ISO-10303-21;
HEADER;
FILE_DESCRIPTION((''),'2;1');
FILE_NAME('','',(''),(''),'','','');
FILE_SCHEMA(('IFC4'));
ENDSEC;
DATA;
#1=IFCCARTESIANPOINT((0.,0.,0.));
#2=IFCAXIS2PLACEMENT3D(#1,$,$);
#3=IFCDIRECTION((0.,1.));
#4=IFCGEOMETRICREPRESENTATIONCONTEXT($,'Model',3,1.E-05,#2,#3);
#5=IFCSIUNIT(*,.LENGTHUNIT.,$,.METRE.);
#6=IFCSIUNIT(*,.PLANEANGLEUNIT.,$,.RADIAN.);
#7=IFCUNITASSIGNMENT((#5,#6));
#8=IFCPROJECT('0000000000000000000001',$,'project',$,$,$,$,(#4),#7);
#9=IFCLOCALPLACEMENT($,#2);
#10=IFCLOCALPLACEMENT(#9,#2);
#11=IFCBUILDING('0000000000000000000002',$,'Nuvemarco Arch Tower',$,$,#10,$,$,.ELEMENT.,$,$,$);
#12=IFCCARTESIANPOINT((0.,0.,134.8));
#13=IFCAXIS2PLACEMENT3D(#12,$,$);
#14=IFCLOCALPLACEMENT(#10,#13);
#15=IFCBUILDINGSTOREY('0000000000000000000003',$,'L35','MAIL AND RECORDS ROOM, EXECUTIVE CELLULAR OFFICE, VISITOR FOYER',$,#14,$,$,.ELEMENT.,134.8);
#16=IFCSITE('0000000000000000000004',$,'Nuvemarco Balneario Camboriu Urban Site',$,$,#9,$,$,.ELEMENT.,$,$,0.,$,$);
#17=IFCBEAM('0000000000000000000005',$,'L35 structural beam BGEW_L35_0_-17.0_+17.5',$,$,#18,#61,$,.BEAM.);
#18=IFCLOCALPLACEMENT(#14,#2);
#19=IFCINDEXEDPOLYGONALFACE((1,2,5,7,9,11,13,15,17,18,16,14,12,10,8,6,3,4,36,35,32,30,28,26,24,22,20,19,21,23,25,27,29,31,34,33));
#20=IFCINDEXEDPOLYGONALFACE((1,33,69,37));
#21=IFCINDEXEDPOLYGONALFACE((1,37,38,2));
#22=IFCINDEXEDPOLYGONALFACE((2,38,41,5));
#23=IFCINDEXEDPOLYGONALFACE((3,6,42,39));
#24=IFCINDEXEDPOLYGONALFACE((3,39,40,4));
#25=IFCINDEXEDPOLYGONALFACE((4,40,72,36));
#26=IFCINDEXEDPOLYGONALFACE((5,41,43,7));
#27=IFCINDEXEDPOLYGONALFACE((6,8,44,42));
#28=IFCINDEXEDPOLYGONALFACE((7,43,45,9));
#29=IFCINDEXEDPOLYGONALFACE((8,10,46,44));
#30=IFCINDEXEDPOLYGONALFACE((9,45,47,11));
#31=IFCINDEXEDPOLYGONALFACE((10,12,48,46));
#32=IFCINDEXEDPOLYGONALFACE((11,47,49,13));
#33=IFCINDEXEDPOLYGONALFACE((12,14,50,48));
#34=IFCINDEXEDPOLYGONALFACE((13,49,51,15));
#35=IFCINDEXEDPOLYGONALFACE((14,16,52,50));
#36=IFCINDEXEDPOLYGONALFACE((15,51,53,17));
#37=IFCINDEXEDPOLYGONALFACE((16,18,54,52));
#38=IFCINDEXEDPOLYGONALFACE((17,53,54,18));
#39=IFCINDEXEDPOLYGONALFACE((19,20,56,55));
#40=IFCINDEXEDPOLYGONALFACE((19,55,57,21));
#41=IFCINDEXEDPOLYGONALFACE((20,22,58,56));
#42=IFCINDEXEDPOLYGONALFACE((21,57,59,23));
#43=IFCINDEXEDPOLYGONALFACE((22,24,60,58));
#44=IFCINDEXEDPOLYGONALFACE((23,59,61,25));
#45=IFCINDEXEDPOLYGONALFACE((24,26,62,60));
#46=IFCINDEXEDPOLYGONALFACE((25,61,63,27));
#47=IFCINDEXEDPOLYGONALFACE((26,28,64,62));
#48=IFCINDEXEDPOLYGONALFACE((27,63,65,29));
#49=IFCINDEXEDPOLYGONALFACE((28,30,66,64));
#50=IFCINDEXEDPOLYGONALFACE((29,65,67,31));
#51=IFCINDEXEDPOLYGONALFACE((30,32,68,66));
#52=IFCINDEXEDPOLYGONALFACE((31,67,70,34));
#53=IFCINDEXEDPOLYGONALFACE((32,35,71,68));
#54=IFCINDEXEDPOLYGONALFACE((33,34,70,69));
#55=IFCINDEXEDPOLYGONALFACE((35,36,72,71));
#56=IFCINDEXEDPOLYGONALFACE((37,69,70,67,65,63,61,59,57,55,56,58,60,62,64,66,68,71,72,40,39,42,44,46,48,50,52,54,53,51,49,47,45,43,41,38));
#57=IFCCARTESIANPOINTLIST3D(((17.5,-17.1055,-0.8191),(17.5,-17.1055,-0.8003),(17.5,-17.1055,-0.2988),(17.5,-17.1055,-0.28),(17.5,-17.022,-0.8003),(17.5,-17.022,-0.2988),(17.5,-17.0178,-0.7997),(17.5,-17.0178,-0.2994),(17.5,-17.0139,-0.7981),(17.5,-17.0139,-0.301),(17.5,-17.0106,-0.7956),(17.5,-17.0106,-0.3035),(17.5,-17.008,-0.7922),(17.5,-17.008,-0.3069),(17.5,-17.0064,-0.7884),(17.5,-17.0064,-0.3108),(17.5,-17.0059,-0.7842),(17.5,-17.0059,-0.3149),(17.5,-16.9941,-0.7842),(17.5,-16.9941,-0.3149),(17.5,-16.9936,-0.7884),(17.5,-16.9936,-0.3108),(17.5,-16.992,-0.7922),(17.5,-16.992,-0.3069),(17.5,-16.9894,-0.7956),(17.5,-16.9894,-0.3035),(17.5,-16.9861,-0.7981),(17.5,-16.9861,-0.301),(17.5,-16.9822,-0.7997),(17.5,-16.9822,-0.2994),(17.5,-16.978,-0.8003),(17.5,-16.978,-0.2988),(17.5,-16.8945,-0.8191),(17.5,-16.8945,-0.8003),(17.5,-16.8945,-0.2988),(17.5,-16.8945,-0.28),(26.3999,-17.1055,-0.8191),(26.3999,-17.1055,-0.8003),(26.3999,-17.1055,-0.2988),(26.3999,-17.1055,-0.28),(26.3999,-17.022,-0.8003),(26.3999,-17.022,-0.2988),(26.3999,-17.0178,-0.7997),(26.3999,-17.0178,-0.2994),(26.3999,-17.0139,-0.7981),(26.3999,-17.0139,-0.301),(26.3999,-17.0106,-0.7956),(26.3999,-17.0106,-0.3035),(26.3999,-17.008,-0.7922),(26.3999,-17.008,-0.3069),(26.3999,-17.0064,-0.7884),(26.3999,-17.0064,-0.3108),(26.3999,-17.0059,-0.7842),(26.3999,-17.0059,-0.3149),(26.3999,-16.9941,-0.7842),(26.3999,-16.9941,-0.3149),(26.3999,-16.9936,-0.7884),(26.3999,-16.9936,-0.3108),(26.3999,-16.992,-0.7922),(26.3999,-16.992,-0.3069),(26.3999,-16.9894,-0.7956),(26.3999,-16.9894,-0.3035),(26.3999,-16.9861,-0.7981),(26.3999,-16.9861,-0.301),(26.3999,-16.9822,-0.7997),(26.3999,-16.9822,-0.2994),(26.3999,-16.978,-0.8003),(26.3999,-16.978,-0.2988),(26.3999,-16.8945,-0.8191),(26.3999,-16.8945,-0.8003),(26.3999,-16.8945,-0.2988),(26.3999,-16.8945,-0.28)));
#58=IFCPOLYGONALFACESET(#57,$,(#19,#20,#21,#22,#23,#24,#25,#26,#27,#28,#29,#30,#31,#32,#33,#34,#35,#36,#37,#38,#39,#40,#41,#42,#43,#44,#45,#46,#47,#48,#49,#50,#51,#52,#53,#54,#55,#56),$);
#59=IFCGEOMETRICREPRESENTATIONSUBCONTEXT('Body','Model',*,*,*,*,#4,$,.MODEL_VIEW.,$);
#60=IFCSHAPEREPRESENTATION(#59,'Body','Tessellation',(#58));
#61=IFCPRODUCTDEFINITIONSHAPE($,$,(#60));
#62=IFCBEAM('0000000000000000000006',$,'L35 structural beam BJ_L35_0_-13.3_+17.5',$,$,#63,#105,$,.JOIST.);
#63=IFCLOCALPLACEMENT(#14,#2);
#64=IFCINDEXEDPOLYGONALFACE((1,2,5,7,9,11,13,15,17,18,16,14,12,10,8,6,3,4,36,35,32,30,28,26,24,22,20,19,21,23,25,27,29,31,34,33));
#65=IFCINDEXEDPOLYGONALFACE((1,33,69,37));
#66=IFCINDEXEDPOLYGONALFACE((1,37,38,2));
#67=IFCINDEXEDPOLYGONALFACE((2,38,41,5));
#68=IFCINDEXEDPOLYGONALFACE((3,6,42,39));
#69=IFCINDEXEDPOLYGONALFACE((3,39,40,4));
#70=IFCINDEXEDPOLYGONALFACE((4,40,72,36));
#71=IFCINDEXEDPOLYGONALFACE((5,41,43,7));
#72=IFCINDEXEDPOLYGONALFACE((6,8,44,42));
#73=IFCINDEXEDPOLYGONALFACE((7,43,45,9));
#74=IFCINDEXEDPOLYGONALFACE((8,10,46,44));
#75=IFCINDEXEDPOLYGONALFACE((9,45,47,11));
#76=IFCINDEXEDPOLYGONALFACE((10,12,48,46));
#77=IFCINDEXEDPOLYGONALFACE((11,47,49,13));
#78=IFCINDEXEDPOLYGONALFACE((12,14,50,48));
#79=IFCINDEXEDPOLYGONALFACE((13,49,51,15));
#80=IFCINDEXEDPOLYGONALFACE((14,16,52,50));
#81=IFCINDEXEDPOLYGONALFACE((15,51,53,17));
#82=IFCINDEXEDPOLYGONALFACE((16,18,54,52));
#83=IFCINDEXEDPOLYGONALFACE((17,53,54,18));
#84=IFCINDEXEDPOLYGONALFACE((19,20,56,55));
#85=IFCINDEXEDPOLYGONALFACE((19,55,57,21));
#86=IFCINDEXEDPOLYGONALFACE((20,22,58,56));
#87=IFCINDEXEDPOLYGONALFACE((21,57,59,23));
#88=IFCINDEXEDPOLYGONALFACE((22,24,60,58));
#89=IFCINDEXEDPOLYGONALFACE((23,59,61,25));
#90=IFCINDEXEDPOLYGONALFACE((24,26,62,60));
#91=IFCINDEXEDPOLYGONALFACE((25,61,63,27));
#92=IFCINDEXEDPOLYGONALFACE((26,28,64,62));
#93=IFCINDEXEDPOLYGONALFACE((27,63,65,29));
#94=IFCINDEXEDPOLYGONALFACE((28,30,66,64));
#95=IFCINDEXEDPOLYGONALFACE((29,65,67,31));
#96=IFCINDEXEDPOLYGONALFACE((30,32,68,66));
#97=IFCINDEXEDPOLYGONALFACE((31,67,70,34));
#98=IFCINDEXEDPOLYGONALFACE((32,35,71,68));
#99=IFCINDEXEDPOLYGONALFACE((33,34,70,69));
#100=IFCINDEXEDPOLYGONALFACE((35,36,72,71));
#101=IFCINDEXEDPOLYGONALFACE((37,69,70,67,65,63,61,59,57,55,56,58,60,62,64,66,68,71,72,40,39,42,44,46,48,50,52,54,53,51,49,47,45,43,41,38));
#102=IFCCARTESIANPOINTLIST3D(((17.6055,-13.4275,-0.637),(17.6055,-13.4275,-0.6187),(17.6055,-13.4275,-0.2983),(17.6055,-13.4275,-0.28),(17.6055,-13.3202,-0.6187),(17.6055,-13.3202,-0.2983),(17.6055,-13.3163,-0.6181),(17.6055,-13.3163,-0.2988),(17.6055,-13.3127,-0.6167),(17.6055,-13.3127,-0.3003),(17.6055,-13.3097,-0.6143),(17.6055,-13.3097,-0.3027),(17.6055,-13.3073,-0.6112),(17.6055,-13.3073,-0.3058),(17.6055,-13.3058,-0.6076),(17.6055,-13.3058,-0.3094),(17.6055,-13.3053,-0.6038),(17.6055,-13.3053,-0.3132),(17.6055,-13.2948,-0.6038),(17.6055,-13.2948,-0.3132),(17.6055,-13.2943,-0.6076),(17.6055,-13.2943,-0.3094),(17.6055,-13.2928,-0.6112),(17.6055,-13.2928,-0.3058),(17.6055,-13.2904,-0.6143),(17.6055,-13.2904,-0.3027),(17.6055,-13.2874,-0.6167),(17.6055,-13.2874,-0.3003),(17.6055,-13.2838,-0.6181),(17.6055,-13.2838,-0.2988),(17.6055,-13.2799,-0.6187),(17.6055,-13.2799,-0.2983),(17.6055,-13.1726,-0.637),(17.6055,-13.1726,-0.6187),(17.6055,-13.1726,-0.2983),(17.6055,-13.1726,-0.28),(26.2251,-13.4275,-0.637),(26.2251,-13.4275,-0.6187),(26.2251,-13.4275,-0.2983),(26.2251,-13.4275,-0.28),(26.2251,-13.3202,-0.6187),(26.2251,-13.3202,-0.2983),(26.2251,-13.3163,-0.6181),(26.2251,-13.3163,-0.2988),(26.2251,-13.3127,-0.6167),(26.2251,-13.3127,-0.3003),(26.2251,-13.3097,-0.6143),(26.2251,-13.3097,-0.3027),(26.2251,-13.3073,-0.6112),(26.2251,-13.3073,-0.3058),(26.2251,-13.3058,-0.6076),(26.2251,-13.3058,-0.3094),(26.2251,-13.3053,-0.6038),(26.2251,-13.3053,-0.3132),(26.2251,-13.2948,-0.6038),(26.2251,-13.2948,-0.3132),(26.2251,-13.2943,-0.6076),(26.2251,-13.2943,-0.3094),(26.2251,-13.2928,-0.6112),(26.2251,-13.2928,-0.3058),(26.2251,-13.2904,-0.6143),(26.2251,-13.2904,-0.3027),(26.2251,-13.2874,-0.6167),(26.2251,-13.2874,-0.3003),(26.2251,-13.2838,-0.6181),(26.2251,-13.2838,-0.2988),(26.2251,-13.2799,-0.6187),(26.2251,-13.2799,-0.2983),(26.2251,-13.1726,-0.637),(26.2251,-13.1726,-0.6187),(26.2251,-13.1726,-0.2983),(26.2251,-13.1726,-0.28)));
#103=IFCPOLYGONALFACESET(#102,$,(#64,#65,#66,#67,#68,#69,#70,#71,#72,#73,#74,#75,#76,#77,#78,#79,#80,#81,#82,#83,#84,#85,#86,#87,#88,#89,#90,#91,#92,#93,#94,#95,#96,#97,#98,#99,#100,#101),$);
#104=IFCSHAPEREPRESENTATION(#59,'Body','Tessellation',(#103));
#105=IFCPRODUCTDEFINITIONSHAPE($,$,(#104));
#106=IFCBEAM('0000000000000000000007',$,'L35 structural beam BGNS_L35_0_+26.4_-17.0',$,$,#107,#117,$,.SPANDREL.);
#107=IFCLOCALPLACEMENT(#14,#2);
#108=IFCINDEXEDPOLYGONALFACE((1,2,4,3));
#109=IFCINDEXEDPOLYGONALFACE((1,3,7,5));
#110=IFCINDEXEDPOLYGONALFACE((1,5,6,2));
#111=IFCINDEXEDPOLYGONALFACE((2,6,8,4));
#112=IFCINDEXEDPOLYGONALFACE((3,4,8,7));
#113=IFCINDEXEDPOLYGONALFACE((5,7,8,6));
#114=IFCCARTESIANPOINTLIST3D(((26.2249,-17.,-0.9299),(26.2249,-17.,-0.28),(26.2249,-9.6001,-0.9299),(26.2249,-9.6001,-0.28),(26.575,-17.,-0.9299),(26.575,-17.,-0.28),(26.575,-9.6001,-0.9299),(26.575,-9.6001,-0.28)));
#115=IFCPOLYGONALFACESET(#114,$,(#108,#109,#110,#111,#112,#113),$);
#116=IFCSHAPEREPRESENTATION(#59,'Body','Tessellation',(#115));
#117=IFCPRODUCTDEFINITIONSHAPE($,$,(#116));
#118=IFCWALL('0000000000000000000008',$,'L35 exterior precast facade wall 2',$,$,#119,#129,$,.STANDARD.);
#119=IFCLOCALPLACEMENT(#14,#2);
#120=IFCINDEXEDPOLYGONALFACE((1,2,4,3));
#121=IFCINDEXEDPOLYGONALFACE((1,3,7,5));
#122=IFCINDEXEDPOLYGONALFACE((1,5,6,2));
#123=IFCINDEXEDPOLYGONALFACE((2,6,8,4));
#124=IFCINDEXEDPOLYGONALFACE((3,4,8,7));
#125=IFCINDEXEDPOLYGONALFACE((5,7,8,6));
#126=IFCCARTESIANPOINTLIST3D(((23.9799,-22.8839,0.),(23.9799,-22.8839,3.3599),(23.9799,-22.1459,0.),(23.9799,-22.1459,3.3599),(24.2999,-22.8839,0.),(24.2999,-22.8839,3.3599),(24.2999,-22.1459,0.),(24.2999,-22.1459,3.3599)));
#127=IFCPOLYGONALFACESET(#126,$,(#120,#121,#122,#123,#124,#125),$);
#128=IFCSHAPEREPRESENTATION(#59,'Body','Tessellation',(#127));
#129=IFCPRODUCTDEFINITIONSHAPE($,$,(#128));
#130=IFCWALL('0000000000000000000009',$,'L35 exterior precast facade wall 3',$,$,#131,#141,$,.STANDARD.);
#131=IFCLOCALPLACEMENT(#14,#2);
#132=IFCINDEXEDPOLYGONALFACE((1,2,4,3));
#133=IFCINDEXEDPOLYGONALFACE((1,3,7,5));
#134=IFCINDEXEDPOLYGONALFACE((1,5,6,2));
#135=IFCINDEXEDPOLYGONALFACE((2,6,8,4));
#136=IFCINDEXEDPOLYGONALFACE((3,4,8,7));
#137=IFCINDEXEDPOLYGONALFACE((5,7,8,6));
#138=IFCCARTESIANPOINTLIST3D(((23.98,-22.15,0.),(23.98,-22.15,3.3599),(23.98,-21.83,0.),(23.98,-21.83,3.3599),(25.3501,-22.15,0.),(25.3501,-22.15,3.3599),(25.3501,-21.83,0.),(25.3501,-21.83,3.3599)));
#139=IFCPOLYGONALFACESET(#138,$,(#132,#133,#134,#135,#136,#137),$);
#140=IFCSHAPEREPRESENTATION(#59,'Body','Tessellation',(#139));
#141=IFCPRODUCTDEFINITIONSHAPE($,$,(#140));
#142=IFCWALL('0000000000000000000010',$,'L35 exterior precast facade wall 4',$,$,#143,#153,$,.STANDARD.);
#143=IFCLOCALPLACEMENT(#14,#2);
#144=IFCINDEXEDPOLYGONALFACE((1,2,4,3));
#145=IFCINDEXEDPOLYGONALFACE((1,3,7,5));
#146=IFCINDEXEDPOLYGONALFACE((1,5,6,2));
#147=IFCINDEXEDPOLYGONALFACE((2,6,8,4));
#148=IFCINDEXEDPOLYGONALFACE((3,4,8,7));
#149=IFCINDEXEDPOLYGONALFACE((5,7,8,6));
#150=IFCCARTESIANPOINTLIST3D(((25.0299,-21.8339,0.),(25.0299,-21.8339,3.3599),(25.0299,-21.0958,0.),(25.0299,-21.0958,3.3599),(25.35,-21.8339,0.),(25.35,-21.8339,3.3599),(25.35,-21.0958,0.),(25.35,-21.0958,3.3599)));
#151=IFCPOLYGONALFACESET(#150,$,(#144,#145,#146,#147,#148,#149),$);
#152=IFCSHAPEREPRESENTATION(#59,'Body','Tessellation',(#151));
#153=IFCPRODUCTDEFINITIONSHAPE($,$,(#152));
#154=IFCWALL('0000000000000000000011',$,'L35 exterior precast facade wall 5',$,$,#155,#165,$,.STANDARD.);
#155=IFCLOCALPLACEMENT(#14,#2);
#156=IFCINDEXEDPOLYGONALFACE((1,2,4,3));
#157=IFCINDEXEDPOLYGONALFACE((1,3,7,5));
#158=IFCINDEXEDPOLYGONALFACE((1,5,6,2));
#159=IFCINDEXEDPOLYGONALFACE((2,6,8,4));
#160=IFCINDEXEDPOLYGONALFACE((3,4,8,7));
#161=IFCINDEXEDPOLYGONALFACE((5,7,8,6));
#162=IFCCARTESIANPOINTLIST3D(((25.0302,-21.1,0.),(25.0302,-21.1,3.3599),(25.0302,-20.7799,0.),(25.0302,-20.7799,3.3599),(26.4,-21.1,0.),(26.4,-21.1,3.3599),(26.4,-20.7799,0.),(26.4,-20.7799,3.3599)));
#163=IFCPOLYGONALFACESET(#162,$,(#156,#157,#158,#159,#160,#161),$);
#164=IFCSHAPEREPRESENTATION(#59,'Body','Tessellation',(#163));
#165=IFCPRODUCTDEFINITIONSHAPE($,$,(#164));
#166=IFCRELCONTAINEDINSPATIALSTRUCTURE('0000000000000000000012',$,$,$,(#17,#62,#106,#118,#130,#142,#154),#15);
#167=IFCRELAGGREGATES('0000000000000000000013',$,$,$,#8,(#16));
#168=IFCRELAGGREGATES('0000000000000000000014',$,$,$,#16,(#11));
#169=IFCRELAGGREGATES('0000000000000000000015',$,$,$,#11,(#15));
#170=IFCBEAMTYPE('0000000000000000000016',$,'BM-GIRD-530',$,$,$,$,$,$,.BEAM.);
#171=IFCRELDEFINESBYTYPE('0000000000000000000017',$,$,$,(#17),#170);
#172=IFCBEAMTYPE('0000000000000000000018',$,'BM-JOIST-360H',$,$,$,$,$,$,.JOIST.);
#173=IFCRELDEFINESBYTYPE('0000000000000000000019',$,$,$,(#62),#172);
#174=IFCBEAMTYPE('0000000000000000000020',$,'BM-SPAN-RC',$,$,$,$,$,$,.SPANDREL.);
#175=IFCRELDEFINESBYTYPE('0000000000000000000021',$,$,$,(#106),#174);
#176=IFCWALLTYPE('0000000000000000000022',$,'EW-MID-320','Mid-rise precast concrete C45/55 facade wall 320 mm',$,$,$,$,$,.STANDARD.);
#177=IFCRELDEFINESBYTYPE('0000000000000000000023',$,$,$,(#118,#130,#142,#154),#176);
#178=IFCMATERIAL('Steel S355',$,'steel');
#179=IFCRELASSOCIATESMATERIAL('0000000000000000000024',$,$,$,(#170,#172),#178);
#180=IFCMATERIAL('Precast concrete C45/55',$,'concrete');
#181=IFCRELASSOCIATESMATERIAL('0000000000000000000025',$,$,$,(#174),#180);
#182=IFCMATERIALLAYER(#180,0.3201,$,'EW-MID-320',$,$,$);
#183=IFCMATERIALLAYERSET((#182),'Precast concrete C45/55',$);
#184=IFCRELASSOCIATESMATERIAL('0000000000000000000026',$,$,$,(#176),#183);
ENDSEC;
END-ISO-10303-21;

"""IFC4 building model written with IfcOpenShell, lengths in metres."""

from ifc_helpers import new_model, si_unit, direction, frame, frame_2d, origin, origin_2d, place, context, subcontext, project, spatial, rectangle, i_section, extrude, material, layer, layer_set, material_profile, profile_set, type_object, element, save


model = new_model("IFC4")

# Units and contexts
model_context = context("Model", 3, precision=1e-05, world=origin(), true_north=direction((0.0, 1.0)))
body_context = subcontext(model_context, "Body", "Model", "MODEL_VIEW")
ifc_project = project(units=[si_unit("LENGTHUNIT", "METRE"), si_unit("PLANEANGLEUNIT", "RADIAN")], contexts=[model_context])

# Site, building, storey
site_placement = place(None, origin())
site = spatial("IfcSite", under=ifc_project, at=site_placement, Name="Nuvemarco Balneario Camboriu Urban Site", CompositionType="ELEMENT", RefElevation=0.0)
building_placement = place(site_placement, origin())
building = spatial("IfcBuilding", under=site, at=building_placement, Name="Nuvemarco Arch Tower", CompositionType="ELEMENT")
storey_placement = place(building_placement, frame((0.0, 0.0, 134.8)))
storey = spatial("IfcBuildingStorey", under=building, at=storey_placement, Name="L35", Description="MAIL AND RECORDS ROOM, EXECUTIVE CELLULAR OFFICE, VISITOR FOYER", CompositionType="ELEMENT", Elevation=134.8)

# Shared definitions
ifc_material_1 = material(Name="Steel S355", Category="steel")

# Beams
ifc_material_profile_1 = material_profile(ifc_material_1, i_section(OverallWidth=0.2109, OverallDepth=0.5391, WebThickness=0.0117, FlangeThickness=0.0188, FilletRadius=0.0161, at=origin_2d()), Name="W530x109")
ifc_profile_set_1 = profile_set([ifc_material_profile_1], Name="Steel S355")
beam_type_1 = type_object("IfcBeamType", Name="BM-GIRD-530", PredefinedType="BEAM", material=ifc_profile_set_1)
beam_1_placement = place(storey_placement, frame((17.5, -17.0, -0.5496), z_axis=(1.0, 0.0, 0.0), x_axis=(0.0, 1.0, 0.0)))
element("IfcBeam", 1, at=beam_1_placement, inside=storey, type_object=beam_type_1, Name="L35 structural beam BGEW_L35_0_-17.0_+17.5", PredefinedType="BEAM", context=body_context, shape_type="SweptSolid", body=[
    extrude(i_section(OverallWidth=0.2109, OverallDepth=0.5391, WebThickness=0.0117, FlangeThickness=0.0188, FilletRadius=0.0161, at=origin_2d()), origin(), (0.0, 0.0, 1.0), 8.8999),
])
ifc_material_profile_2 = material_profile(ifc_material_1, i_section(OverallWidth=0.2549, OverallDepth=0.3569, WebThickness=0.0105, FlangeThickness=0.0183, FilletRadius=0.0149, at=origin_2d()), Name="W360x101")
ifc_profile_set_2 = profile_set([ifc_material_profile_2], Name="Steel S355")
beam_type_2 = type_object("IfcBeamType", Name="BM-JOIST-360H", PredefinedType="JOIST", material=ifc_profile_set_2)
beam_2_placement = place(storey_placement, frame((17.6055, -13.3, -0.4585), z_axis=(1.0, 0.0, 0.0), x_axis=(0.0, 1.0, 0.0)))
element("IfcBeam", 2, at=beam_2_placement, inside=storey, type_object=beam_type_2, Name="L35 structural beam BJ_L35_0_-13.3_+17.5", PredefinedType="JOIST", context=body_context, shape_type="SweptSolid", body=[
    extrude(i_section(OverallWidth=0.2549, OverallDepth=0.3569, WebThickness=0.0105, FlangeThickness=0.0183, FilletRadius=0.0149, at=origin_2d()), origin(), (0.0, 0.0, 1.0), 8.6196),
])
ifc_material_2 = material(Name="Precast concrete C45/55", Category="concrete")
ifc_material_profile_3 = material_profile(ifc_material_2, rectangle(XDim=0.3501, YDim=0.6499, at=origin_2d()), Name="PC-SP-350x650")
ifc_profile_set_3 = profile_set([ifc_material_profile_3], Name="Precast concrete C45/55")
beam_type_3 = type_object("IfcBeamType", Name="BM-SPAN-RC", PredefinedType="SPANDREL", material=ifc_profile_set_3)
beam_3_placement = place(storey_placement, frame((26.3999, -17.0, -0.605), z_axis=(0.0, 1.0, 0.0), x_axis=(-1.0, 0.0, 0.0)))
element("IfcBeam", 3, at=beam_3_placement, inside=storey, type_object=beam_type_3, Name="L35 structural beam BGNS_L35_0_+26.4_-17.0", PredefinedType="SPANDREL", context=body_context, shape_type="SweptSolid", body=[
    extrude(rectangle(XDim=0.3501, YDim=0.6499, at=origin_2d()), origin(), (0.0, 0.0, 1.0), 7.3999),
])

# Walls
ifc_layer_1 = layer(ifc_material_2, 0.3201, Name="EW-MID-320")
ifc_layer_set_1 = layer_set([ifc_layer_1], Name="Precast concrete C45/55")
wall_type_1 = type_object("IfcWallType", Name="EW-MID-320", Description="Mid-rise precast concrete C45/55 facade wall 320 mm", PredefinedType="STANDARD", material=ifc_layer_set_1)
wall_1_placement = place(storey_placement, frame((24.1399, -22.884, 0.0), z_axis=(0.0, 0.0, 1.0), x_axis=(0.0, 1.0, 0.0)))
element("IfcWall", 4, at=wall_1_placement, inside=storey, type_object=wall_type_1, Name="L35 exterior precast facade wall 2", PredefinedType="STANDARD", context=body_context, shape_type="SweptSolid", body=[
    extrude(rectangle(XDim=0.738, YDim=0.3201, at=frame_2d((0.3691, 0.0))), origin(), (0.0, 0.0, 1.0), 3.3599),
])
wall_2_placement = place(storey_placement, frame((23.98, -21.99, 0.0), z_axis=(0.0, 0.0, 1.0), x_axis=(1.0, 0.0, 0.0)))
element("IfcWall", 5, at=wall_2_placement, inside=storey, type_object=wall_type_1, Name="L35 exterior precast facade wall 3", PredefinedType="STANDARD", context=body_context, shape_type="SweptSolid", body=[
    extrude(rectangle(XDim=1.3701, YDim=0.3201, at=frame_2d((0.6851, 0.0))), origin(), (0.0, 0.0, 1.0), 3.3599),
])
wall_3_placement = place(storey_placement, frame((25.1899, -21.834, 0.0), z_axis=(0.0, 0.0, 1.0), x_axis=(0.0, 1.0, 0.0)))
element("IfcWall", 6, at=wall_3_placement, inside=storey, type_object=wall_type_1, Name="L35 exterior precast facade wall 4", PredefinedType="STANDARD", context=body_context, shape_type="SweptSolid", body=[
    extrude(rectangle(XDim=0.738, YDim=0.3201, at=frame_2d((0.3691, 0.0))), origin(), (0.0, 0.0, 1.0), 3.3599),
])
wall_4_placement = place(storey_placement, frame((25.03, -20.9399, 0.0), z_axis=(0.0, 0.0, 1.0), x_axis=(1.0, 0.0, 0.0)))
element("IfcWall", 7, at=wall_4_placement, inside=storey, type_object=wall_type_1, Name="L35 exterior precast facade wall 5", PredefinedType="STANDARD", context=body_context, shape_type="SweptSolid", body=[
    extrude(rectangle(XDim=1.3699, YDim=0.3201, at=frame_2d((0.6851, 0.0))), origin(), (0.0, 0.0, 1.0), 3.3599),
])

save(model, "model.ifc")
